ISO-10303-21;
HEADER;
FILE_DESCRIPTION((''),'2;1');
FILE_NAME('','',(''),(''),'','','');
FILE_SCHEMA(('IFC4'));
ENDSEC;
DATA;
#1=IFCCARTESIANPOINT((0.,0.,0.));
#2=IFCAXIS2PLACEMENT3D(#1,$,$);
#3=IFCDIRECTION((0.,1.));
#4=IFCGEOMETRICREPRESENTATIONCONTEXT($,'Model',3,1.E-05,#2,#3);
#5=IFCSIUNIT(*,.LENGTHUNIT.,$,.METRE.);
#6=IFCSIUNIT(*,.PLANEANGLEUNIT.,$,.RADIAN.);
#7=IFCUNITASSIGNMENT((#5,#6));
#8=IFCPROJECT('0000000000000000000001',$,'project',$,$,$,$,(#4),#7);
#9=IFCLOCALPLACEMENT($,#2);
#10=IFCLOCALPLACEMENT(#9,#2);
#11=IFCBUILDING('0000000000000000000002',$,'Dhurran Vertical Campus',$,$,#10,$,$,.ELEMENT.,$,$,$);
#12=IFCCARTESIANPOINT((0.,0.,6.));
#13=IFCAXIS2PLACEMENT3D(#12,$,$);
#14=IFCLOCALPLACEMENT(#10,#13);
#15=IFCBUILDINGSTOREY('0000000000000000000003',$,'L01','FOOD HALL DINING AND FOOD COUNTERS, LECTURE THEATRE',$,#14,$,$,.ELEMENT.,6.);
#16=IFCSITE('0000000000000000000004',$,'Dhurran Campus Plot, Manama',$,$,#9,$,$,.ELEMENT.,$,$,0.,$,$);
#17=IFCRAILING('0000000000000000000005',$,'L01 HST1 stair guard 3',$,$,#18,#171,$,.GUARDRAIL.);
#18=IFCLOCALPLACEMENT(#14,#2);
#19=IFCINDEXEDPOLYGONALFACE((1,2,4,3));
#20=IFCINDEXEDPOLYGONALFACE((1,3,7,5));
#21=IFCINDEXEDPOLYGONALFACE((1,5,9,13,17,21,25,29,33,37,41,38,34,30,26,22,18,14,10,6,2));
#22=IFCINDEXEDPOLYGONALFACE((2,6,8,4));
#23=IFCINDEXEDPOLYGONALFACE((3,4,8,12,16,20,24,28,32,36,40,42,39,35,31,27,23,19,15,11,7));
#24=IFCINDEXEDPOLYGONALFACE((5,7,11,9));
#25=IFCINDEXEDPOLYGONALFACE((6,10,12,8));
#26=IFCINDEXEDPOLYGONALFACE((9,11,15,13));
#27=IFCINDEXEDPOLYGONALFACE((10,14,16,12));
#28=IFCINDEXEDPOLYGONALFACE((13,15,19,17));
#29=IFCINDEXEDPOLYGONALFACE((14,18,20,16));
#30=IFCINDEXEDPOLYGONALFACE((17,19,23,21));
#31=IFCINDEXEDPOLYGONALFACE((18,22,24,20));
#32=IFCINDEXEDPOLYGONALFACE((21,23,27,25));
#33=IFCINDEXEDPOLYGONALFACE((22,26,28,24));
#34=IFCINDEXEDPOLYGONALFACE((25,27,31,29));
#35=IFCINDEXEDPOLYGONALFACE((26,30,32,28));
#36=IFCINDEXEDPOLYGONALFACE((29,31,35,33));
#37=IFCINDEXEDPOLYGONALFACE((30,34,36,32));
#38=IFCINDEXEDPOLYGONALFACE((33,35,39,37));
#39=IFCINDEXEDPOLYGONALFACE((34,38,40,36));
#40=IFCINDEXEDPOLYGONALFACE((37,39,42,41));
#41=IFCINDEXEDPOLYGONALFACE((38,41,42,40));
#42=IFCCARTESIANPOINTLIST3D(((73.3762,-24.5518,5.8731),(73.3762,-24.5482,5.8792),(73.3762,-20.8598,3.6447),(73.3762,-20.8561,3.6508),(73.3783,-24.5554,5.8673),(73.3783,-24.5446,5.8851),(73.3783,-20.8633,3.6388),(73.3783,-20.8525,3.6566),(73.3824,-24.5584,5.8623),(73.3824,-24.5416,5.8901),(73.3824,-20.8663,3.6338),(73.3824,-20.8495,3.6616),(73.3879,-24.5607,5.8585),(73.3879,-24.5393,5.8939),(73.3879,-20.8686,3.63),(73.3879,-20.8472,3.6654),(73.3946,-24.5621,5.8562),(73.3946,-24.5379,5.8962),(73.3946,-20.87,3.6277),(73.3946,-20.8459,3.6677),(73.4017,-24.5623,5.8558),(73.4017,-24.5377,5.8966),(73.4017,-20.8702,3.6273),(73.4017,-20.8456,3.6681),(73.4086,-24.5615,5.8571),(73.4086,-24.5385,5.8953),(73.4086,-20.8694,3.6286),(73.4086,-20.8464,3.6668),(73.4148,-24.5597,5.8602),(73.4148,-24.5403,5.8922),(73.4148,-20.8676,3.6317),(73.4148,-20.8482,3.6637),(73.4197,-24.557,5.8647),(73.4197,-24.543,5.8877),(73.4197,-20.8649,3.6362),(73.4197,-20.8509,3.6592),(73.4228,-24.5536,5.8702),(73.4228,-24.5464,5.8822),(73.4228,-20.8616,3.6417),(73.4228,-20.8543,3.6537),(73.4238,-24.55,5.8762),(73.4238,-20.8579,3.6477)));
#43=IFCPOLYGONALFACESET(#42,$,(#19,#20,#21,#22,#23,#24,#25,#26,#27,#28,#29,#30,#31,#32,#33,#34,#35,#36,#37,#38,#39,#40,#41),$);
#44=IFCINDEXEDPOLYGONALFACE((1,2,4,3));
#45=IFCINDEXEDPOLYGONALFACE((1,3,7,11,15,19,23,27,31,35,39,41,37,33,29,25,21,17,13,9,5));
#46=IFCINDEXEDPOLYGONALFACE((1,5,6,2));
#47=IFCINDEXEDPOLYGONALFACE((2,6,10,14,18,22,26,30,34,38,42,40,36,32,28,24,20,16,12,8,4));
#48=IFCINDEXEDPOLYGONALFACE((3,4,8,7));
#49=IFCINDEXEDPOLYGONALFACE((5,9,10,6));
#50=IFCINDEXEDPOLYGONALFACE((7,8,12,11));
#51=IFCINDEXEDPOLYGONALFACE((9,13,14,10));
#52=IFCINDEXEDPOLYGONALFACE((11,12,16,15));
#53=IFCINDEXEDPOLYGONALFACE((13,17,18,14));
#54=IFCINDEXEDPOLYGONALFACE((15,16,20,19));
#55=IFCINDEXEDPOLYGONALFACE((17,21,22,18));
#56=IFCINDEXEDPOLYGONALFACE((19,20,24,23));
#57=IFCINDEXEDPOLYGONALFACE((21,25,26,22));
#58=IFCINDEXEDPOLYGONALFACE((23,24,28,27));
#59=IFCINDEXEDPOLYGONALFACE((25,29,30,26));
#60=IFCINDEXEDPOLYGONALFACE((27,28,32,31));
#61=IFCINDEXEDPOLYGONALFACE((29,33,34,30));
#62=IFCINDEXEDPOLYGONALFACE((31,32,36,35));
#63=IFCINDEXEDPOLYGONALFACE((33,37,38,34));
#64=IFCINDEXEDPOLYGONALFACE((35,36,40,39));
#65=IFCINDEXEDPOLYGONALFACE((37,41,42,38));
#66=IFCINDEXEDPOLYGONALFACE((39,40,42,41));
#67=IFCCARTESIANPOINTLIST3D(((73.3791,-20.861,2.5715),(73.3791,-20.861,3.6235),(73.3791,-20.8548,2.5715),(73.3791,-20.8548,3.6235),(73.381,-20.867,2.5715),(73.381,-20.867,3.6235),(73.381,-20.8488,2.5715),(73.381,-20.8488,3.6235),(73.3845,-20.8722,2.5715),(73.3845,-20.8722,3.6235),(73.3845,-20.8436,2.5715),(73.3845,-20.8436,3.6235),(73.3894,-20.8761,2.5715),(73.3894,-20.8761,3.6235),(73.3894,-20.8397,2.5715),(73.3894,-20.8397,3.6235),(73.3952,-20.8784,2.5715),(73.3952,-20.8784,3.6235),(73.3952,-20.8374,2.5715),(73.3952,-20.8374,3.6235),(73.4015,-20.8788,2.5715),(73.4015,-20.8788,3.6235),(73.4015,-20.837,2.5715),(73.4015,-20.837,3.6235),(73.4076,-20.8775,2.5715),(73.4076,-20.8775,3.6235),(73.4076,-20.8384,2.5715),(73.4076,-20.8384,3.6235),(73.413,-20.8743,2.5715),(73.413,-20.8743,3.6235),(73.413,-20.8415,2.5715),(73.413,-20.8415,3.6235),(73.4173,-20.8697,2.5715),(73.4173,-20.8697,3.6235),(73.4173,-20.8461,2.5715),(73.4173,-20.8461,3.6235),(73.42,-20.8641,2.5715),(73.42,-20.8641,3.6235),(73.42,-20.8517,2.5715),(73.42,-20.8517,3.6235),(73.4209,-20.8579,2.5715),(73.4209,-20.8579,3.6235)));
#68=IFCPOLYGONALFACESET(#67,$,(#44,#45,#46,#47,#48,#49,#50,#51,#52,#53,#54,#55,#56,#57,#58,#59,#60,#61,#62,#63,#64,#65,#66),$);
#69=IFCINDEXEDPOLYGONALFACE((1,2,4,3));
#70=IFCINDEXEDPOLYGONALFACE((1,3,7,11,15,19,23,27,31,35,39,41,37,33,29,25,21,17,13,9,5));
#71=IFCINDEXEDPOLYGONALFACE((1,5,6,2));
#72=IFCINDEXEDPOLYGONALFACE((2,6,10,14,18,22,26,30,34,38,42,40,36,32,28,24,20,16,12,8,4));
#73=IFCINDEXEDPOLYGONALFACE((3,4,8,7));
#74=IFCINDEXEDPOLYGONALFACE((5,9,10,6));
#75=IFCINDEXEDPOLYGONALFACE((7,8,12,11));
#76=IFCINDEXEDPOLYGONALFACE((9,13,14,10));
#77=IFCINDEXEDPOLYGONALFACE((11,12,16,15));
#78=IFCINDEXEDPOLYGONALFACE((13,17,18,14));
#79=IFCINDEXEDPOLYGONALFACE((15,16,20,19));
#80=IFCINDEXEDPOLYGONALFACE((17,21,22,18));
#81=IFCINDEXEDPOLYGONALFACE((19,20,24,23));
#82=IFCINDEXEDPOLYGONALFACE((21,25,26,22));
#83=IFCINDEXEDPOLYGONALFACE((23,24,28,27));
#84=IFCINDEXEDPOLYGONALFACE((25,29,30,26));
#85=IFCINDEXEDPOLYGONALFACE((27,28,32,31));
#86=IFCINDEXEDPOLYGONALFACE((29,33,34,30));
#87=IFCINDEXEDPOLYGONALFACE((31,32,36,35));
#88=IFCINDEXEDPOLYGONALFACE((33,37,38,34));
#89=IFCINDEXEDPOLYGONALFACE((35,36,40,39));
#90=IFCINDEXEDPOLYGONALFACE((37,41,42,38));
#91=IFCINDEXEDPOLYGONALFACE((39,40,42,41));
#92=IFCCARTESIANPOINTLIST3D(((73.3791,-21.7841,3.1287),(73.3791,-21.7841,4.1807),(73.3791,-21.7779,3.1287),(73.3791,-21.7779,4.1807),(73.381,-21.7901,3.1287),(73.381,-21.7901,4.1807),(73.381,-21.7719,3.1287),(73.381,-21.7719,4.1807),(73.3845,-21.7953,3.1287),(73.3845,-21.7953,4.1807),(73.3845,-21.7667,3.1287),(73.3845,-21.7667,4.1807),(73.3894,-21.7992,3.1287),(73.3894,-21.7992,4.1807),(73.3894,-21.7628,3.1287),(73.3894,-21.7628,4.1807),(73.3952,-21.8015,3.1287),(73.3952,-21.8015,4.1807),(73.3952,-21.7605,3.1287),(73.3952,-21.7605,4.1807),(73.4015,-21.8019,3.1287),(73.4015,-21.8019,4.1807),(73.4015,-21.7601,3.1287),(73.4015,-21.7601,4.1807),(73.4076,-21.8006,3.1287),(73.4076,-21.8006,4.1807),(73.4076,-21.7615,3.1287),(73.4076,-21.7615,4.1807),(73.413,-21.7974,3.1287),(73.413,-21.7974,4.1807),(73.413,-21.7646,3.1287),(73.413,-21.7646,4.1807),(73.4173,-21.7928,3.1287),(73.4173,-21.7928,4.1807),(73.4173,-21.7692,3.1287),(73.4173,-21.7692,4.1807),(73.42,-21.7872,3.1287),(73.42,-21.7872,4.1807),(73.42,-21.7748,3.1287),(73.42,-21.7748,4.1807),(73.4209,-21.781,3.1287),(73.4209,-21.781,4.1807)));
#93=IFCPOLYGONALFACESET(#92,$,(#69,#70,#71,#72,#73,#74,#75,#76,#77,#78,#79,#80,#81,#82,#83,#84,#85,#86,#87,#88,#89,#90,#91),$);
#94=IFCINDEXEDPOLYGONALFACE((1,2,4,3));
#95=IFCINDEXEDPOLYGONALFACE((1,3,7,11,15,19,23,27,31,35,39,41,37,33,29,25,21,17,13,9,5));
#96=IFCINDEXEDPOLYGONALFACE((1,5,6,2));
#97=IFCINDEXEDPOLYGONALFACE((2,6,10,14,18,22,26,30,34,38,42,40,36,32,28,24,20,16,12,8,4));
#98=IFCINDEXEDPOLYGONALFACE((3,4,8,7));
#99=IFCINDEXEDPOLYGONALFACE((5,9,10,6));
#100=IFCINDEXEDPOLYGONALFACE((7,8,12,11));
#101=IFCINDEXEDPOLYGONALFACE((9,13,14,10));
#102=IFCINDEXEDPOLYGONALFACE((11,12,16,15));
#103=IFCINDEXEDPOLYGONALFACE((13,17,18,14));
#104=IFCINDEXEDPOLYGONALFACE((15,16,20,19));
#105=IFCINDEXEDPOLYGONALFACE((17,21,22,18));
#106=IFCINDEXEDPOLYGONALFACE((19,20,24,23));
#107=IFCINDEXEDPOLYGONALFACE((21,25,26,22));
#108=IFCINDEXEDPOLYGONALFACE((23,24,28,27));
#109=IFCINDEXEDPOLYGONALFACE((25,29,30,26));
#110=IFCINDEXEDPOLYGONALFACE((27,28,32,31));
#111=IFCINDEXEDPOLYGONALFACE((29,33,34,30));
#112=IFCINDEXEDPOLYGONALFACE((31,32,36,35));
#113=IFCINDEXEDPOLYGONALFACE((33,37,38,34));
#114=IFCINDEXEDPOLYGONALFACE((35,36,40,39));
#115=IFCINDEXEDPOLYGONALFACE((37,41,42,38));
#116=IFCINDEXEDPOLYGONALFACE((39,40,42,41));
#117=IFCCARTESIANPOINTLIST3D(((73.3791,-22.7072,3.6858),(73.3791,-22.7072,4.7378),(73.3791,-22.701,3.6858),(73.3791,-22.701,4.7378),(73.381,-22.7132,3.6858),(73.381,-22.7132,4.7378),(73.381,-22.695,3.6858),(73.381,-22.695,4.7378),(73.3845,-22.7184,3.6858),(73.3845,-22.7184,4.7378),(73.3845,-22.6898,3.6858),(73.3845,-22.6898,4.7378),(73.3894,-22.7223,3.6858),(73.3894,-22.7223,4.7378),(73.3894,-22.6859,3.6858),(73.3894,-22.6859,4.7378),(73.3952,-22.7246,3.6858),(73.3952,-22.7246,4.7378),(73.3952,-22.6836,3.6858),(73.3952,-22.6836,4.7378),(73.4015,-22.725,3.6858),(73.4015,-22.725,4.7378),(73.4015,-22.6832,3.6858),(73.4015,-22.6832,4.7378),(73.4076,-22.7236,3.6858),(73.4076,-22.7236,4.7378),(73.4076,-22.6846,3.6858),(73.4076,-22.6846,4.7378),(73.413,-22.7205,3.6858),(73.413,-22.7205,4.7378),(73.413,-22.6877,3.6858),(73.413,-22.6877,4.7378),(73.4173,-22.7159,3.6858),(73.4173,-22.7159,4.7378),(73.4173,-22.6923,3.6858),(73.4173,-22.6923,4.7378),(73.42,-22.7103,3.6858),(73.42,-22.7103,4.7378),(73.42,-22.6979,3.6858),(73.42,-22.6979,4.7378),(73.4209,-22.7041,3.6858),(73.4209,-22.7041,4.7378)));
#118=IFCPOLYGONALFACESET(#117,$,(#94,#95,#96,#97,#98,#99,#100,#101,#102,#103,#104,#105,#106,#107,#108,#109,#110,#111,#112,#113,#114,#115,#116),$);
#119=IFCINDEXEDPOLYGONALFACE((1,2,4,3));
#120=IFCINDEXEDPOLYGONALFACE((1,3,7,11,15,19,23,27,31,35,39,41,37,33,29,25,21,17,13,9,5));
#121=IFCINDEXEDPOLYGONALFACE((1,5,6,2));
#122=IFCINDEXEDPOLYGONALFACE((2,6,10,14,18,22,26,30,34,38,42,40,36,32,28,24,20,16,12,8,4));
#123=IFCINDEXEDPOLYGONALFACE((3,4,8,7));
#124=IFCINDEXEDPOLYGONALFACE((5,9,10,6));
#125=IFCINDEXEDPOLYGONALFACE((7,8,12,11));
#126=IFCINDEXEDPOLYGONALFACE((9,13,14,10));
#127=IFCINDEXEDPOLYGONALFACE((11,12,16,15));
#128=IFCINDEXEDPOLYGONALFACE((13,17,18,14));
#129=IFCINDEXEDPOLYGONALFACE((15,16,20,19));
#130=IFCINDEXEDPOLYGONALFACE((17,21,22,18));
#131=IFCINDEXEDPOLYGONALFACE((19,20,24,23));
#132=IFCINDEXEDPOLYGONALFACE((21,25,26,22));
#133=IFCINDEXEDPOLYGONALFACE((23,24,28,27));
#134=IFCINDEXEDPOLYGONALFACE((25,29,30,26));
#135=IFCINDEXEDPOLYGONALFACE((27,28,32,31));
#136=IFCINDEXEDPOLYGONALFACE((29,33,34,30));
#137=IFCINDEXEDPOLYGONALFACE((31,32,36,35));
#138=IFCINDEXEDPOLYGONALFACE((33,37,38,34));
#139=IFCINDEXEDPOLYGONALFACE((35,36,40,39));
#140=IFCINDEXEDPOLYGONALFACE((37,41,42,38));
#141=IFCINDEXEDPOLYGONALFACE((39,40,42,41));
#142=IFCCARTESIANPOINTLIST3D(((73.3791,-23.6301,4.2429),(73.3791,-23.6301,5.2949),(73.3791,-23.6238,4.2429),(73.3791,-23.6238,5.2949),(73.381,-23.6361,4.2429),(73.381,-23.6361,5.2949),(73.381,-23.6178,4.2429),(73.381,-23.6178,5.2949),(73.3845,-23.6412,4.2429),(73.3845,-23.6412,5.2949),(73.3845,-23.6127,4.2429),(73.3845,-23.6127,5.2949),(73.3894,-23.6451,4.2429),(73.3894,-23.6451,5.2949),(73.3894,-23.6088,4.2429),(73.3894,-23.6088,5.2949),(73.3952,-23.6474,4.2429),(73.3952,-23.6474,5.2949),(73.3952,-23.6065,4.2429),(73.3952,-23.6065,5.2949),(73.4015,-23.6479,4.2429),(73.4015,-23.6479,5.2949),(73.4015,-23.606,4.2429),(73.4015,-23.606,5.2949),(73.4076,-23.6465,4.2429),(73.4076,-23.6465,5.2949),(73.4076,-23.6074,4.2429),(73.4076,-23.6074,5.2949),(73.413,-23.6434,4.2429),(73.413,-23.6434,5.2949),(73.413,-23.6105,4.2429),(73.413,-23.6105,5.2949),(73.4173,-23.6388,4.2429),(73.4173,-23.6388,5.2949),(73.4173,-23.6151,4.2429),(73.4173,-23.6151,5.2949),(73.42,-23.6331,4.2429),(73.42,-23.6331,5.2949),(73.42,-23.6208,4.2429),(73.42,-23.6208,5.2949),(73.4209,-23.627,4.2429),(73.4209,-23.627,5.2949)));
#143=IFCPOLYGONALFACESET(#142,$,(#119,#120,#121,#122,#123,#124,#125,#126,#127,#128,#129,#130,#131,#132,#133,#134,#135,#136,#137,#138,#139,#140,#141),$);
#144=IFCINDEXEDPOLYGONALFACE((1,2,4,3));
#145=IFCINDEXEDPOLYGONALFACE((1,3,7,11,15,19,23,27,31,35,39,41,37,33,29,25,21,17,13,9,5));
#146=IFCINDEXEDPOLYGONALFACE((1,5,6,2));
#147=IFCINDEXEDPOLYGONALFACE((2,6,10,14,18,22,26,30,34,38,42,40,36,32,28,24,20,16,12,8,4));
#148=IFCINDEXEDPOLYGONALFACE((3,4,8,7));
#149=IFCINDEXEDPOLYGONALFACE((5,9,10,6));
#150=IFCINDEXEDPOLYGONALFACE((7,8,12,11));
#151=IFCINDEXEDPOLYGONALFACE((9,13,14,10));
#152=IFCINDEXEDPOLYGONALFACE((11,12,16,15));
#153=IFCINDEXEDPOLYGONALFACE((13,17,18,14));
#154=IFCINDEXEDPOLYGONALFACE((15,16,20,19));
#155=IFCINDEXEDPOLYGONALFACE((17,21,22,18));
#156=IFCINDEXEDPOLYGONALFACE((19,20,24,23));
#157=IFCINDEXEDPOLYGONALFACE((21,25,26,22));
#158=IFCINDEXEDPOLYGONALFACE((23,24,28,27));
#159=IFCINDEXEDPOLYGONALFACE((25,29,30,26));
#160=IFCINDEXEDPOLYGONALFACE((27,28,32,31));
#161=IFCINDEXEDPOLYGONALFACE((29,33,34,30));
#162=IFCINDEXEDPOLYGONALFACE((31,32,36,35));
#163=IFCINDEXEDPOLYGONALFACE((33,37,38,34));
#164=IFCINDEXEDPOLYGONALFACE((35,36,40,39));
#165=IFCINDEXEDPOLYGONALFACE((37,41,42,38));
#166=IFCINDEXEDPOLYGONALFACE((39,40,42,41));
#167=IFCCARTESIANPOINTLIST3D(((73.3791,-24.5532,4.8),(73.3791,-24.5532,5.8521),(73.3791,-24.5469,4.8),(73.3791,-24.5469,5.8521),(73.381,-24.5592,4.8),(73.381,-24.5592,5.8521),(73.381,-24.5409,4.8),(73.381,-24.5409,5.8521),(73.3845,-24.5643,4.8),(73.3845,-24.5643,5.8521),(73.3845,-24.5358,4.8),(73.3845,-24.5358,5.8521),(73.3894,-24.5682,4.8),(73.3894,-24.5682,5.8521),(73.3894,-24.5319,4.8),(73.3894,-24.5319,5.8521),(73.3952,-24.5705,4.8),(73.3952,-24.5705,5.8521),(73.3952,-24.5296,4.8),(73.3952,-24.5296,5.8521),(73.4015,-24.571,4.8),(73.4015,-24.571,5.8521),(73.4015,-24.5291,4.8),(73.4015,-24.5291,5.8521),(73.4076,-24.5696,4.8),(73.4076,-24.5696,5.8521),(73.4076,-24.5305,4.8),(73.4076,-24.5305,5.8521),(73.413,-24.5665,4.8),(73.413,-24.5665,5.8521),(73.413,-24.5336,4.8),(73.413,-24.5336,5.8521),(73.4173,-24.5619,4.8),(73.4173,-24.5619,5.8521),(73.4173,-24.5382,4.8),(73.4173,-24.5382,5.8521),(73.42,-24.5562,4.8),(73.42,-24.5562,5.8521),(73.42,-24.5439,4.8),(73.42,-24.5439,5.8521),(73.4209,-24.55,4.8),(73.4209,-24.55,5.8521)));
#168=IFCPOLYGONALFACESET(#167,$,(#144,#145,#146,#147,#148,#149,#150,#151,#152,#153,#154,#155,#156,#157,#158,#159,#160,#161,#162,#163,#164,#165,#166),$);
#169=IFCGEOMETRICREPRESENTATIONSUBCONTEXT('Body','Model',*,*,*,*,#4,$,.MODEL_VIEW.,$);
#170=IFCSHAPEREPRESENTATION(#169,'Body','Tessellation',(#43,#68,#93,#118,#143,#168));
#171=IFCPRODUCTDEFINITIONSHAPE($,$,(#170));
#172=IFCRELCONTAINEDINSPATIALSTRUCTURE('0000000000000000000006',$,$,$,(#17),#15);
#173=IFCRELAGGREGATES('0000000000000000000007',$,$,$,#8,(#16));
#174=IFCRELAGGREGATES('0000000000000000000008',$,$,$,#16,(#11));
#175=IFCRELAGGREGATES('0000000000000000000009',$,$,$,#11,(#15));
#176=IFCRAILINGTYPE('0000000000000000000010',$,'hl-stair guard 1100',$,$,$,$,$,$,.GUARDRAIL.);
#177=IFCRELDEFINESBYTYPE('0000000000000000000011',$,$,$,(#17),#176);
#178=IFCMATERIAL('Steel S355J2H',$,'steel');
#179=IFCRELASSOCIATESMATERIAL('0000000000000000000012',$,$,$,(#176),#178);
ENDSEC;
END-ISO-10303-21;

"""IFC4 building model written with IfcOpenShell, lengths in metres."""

from ifc_helpers import new_model, si_unit, direction, frame, origin, origin_2d, place, context, subcontext, project, spatial, circle, extrude, material, type_object, element, save


model = new_model("IFC4")

# Units and contexts
model_context = context("Model", 3, precision=1e-05, world=origin(), true_north=direction((0.0, 1.0)))
body_context = subcontext(model_context, "Body", "Model", "MODEL_VIEW")
ifc_project = project(units=[si_unit("LENGTHUNIT", "METRE"), si_unit("PLANEANGLEUNIT", "RADIAN")], contexts=[model_context])

# Site, building, storey
site_placement = place(None, origin())
site = spatial("IfcSite", under=ifc_project, at=site_placement, Name="Dhurran Campus Plot, Manama", CompositionType="ELEMENT", RefElevation=0.0)
building_placement = place(site_placement, origin())
building = spatial("IfcBuilding", under=site, at=building_placement, Name="Dhurran Vertical Campus", CompositionType="ELEMENT")
storey_placement = place(building_placement, frame((0.0, 0.0, 6.0)))
storey = spatial("IfcBuildingStorey", under=building, at=storey_placement, Name="L01", Description="FOOD HALL DINING AND FOOD COUNTERS, LECTURE THEATRE", CompositionType="ELEMENT", Elevation=6.0)

# Railing
ifc_material_1 = material(Name="Steel S355J2H", Category="steel")
railing_type_1 = type_object("IfcRailingType", Name="hl-stair guard 1100", PredefinedType="GUARDRAIL", material=ifc_material_1)
railing_1_placement = place(storey_placement, frame((73.3999, -20.8579, 2.5715)))
element("IfcRailing", 1, at=railing_1_placement, inside=storey, type_object=railing_type_1, Name="L01 HST1 stair guard 3", PredefinedType="GUARDRAIL", context=body_context, shape_type="SweptSolid", body=[
    extrude(circle(Radius=0.0239, at=origin_2d()), frame((0.0, 0.0, 1.0762), z_axis=(0.0, -0.856136, 0.51675), x_axis=(1.0, 0.0, 0.0)), (0.0, 0.0, 1.0), 4.3125),
    extrude(circle(Radius=0.021, at=origin_2d()), origin(), (0.0, 0.0, 1.0), 1.052),
    extrude(circle(Radius=0.021, at=origin_2d()), frame((0.0, -0.9231, 0.5571)), (0.0, 0.0, 1.0), 1.052),
    extrude(circle(Radius=0.021, at=origin_2d()), frame((0.0, -1.8462, 1.1143)), (0.0, 0.0, 1.0), 1.052),
    extrude(circle(Radius=0.021, at=origin_2d()), frame((0.0, -2.769, 1.6714)), (0.0, 0.0, 1.0), 1.052),
    extrude(circle(Radius=0.021, at=origin_2d()), frame((0.0, -3.6921, 2.2285)), (0.0, 0.0, 1.0), 1.052),
])

save(model, "model.ifc")
